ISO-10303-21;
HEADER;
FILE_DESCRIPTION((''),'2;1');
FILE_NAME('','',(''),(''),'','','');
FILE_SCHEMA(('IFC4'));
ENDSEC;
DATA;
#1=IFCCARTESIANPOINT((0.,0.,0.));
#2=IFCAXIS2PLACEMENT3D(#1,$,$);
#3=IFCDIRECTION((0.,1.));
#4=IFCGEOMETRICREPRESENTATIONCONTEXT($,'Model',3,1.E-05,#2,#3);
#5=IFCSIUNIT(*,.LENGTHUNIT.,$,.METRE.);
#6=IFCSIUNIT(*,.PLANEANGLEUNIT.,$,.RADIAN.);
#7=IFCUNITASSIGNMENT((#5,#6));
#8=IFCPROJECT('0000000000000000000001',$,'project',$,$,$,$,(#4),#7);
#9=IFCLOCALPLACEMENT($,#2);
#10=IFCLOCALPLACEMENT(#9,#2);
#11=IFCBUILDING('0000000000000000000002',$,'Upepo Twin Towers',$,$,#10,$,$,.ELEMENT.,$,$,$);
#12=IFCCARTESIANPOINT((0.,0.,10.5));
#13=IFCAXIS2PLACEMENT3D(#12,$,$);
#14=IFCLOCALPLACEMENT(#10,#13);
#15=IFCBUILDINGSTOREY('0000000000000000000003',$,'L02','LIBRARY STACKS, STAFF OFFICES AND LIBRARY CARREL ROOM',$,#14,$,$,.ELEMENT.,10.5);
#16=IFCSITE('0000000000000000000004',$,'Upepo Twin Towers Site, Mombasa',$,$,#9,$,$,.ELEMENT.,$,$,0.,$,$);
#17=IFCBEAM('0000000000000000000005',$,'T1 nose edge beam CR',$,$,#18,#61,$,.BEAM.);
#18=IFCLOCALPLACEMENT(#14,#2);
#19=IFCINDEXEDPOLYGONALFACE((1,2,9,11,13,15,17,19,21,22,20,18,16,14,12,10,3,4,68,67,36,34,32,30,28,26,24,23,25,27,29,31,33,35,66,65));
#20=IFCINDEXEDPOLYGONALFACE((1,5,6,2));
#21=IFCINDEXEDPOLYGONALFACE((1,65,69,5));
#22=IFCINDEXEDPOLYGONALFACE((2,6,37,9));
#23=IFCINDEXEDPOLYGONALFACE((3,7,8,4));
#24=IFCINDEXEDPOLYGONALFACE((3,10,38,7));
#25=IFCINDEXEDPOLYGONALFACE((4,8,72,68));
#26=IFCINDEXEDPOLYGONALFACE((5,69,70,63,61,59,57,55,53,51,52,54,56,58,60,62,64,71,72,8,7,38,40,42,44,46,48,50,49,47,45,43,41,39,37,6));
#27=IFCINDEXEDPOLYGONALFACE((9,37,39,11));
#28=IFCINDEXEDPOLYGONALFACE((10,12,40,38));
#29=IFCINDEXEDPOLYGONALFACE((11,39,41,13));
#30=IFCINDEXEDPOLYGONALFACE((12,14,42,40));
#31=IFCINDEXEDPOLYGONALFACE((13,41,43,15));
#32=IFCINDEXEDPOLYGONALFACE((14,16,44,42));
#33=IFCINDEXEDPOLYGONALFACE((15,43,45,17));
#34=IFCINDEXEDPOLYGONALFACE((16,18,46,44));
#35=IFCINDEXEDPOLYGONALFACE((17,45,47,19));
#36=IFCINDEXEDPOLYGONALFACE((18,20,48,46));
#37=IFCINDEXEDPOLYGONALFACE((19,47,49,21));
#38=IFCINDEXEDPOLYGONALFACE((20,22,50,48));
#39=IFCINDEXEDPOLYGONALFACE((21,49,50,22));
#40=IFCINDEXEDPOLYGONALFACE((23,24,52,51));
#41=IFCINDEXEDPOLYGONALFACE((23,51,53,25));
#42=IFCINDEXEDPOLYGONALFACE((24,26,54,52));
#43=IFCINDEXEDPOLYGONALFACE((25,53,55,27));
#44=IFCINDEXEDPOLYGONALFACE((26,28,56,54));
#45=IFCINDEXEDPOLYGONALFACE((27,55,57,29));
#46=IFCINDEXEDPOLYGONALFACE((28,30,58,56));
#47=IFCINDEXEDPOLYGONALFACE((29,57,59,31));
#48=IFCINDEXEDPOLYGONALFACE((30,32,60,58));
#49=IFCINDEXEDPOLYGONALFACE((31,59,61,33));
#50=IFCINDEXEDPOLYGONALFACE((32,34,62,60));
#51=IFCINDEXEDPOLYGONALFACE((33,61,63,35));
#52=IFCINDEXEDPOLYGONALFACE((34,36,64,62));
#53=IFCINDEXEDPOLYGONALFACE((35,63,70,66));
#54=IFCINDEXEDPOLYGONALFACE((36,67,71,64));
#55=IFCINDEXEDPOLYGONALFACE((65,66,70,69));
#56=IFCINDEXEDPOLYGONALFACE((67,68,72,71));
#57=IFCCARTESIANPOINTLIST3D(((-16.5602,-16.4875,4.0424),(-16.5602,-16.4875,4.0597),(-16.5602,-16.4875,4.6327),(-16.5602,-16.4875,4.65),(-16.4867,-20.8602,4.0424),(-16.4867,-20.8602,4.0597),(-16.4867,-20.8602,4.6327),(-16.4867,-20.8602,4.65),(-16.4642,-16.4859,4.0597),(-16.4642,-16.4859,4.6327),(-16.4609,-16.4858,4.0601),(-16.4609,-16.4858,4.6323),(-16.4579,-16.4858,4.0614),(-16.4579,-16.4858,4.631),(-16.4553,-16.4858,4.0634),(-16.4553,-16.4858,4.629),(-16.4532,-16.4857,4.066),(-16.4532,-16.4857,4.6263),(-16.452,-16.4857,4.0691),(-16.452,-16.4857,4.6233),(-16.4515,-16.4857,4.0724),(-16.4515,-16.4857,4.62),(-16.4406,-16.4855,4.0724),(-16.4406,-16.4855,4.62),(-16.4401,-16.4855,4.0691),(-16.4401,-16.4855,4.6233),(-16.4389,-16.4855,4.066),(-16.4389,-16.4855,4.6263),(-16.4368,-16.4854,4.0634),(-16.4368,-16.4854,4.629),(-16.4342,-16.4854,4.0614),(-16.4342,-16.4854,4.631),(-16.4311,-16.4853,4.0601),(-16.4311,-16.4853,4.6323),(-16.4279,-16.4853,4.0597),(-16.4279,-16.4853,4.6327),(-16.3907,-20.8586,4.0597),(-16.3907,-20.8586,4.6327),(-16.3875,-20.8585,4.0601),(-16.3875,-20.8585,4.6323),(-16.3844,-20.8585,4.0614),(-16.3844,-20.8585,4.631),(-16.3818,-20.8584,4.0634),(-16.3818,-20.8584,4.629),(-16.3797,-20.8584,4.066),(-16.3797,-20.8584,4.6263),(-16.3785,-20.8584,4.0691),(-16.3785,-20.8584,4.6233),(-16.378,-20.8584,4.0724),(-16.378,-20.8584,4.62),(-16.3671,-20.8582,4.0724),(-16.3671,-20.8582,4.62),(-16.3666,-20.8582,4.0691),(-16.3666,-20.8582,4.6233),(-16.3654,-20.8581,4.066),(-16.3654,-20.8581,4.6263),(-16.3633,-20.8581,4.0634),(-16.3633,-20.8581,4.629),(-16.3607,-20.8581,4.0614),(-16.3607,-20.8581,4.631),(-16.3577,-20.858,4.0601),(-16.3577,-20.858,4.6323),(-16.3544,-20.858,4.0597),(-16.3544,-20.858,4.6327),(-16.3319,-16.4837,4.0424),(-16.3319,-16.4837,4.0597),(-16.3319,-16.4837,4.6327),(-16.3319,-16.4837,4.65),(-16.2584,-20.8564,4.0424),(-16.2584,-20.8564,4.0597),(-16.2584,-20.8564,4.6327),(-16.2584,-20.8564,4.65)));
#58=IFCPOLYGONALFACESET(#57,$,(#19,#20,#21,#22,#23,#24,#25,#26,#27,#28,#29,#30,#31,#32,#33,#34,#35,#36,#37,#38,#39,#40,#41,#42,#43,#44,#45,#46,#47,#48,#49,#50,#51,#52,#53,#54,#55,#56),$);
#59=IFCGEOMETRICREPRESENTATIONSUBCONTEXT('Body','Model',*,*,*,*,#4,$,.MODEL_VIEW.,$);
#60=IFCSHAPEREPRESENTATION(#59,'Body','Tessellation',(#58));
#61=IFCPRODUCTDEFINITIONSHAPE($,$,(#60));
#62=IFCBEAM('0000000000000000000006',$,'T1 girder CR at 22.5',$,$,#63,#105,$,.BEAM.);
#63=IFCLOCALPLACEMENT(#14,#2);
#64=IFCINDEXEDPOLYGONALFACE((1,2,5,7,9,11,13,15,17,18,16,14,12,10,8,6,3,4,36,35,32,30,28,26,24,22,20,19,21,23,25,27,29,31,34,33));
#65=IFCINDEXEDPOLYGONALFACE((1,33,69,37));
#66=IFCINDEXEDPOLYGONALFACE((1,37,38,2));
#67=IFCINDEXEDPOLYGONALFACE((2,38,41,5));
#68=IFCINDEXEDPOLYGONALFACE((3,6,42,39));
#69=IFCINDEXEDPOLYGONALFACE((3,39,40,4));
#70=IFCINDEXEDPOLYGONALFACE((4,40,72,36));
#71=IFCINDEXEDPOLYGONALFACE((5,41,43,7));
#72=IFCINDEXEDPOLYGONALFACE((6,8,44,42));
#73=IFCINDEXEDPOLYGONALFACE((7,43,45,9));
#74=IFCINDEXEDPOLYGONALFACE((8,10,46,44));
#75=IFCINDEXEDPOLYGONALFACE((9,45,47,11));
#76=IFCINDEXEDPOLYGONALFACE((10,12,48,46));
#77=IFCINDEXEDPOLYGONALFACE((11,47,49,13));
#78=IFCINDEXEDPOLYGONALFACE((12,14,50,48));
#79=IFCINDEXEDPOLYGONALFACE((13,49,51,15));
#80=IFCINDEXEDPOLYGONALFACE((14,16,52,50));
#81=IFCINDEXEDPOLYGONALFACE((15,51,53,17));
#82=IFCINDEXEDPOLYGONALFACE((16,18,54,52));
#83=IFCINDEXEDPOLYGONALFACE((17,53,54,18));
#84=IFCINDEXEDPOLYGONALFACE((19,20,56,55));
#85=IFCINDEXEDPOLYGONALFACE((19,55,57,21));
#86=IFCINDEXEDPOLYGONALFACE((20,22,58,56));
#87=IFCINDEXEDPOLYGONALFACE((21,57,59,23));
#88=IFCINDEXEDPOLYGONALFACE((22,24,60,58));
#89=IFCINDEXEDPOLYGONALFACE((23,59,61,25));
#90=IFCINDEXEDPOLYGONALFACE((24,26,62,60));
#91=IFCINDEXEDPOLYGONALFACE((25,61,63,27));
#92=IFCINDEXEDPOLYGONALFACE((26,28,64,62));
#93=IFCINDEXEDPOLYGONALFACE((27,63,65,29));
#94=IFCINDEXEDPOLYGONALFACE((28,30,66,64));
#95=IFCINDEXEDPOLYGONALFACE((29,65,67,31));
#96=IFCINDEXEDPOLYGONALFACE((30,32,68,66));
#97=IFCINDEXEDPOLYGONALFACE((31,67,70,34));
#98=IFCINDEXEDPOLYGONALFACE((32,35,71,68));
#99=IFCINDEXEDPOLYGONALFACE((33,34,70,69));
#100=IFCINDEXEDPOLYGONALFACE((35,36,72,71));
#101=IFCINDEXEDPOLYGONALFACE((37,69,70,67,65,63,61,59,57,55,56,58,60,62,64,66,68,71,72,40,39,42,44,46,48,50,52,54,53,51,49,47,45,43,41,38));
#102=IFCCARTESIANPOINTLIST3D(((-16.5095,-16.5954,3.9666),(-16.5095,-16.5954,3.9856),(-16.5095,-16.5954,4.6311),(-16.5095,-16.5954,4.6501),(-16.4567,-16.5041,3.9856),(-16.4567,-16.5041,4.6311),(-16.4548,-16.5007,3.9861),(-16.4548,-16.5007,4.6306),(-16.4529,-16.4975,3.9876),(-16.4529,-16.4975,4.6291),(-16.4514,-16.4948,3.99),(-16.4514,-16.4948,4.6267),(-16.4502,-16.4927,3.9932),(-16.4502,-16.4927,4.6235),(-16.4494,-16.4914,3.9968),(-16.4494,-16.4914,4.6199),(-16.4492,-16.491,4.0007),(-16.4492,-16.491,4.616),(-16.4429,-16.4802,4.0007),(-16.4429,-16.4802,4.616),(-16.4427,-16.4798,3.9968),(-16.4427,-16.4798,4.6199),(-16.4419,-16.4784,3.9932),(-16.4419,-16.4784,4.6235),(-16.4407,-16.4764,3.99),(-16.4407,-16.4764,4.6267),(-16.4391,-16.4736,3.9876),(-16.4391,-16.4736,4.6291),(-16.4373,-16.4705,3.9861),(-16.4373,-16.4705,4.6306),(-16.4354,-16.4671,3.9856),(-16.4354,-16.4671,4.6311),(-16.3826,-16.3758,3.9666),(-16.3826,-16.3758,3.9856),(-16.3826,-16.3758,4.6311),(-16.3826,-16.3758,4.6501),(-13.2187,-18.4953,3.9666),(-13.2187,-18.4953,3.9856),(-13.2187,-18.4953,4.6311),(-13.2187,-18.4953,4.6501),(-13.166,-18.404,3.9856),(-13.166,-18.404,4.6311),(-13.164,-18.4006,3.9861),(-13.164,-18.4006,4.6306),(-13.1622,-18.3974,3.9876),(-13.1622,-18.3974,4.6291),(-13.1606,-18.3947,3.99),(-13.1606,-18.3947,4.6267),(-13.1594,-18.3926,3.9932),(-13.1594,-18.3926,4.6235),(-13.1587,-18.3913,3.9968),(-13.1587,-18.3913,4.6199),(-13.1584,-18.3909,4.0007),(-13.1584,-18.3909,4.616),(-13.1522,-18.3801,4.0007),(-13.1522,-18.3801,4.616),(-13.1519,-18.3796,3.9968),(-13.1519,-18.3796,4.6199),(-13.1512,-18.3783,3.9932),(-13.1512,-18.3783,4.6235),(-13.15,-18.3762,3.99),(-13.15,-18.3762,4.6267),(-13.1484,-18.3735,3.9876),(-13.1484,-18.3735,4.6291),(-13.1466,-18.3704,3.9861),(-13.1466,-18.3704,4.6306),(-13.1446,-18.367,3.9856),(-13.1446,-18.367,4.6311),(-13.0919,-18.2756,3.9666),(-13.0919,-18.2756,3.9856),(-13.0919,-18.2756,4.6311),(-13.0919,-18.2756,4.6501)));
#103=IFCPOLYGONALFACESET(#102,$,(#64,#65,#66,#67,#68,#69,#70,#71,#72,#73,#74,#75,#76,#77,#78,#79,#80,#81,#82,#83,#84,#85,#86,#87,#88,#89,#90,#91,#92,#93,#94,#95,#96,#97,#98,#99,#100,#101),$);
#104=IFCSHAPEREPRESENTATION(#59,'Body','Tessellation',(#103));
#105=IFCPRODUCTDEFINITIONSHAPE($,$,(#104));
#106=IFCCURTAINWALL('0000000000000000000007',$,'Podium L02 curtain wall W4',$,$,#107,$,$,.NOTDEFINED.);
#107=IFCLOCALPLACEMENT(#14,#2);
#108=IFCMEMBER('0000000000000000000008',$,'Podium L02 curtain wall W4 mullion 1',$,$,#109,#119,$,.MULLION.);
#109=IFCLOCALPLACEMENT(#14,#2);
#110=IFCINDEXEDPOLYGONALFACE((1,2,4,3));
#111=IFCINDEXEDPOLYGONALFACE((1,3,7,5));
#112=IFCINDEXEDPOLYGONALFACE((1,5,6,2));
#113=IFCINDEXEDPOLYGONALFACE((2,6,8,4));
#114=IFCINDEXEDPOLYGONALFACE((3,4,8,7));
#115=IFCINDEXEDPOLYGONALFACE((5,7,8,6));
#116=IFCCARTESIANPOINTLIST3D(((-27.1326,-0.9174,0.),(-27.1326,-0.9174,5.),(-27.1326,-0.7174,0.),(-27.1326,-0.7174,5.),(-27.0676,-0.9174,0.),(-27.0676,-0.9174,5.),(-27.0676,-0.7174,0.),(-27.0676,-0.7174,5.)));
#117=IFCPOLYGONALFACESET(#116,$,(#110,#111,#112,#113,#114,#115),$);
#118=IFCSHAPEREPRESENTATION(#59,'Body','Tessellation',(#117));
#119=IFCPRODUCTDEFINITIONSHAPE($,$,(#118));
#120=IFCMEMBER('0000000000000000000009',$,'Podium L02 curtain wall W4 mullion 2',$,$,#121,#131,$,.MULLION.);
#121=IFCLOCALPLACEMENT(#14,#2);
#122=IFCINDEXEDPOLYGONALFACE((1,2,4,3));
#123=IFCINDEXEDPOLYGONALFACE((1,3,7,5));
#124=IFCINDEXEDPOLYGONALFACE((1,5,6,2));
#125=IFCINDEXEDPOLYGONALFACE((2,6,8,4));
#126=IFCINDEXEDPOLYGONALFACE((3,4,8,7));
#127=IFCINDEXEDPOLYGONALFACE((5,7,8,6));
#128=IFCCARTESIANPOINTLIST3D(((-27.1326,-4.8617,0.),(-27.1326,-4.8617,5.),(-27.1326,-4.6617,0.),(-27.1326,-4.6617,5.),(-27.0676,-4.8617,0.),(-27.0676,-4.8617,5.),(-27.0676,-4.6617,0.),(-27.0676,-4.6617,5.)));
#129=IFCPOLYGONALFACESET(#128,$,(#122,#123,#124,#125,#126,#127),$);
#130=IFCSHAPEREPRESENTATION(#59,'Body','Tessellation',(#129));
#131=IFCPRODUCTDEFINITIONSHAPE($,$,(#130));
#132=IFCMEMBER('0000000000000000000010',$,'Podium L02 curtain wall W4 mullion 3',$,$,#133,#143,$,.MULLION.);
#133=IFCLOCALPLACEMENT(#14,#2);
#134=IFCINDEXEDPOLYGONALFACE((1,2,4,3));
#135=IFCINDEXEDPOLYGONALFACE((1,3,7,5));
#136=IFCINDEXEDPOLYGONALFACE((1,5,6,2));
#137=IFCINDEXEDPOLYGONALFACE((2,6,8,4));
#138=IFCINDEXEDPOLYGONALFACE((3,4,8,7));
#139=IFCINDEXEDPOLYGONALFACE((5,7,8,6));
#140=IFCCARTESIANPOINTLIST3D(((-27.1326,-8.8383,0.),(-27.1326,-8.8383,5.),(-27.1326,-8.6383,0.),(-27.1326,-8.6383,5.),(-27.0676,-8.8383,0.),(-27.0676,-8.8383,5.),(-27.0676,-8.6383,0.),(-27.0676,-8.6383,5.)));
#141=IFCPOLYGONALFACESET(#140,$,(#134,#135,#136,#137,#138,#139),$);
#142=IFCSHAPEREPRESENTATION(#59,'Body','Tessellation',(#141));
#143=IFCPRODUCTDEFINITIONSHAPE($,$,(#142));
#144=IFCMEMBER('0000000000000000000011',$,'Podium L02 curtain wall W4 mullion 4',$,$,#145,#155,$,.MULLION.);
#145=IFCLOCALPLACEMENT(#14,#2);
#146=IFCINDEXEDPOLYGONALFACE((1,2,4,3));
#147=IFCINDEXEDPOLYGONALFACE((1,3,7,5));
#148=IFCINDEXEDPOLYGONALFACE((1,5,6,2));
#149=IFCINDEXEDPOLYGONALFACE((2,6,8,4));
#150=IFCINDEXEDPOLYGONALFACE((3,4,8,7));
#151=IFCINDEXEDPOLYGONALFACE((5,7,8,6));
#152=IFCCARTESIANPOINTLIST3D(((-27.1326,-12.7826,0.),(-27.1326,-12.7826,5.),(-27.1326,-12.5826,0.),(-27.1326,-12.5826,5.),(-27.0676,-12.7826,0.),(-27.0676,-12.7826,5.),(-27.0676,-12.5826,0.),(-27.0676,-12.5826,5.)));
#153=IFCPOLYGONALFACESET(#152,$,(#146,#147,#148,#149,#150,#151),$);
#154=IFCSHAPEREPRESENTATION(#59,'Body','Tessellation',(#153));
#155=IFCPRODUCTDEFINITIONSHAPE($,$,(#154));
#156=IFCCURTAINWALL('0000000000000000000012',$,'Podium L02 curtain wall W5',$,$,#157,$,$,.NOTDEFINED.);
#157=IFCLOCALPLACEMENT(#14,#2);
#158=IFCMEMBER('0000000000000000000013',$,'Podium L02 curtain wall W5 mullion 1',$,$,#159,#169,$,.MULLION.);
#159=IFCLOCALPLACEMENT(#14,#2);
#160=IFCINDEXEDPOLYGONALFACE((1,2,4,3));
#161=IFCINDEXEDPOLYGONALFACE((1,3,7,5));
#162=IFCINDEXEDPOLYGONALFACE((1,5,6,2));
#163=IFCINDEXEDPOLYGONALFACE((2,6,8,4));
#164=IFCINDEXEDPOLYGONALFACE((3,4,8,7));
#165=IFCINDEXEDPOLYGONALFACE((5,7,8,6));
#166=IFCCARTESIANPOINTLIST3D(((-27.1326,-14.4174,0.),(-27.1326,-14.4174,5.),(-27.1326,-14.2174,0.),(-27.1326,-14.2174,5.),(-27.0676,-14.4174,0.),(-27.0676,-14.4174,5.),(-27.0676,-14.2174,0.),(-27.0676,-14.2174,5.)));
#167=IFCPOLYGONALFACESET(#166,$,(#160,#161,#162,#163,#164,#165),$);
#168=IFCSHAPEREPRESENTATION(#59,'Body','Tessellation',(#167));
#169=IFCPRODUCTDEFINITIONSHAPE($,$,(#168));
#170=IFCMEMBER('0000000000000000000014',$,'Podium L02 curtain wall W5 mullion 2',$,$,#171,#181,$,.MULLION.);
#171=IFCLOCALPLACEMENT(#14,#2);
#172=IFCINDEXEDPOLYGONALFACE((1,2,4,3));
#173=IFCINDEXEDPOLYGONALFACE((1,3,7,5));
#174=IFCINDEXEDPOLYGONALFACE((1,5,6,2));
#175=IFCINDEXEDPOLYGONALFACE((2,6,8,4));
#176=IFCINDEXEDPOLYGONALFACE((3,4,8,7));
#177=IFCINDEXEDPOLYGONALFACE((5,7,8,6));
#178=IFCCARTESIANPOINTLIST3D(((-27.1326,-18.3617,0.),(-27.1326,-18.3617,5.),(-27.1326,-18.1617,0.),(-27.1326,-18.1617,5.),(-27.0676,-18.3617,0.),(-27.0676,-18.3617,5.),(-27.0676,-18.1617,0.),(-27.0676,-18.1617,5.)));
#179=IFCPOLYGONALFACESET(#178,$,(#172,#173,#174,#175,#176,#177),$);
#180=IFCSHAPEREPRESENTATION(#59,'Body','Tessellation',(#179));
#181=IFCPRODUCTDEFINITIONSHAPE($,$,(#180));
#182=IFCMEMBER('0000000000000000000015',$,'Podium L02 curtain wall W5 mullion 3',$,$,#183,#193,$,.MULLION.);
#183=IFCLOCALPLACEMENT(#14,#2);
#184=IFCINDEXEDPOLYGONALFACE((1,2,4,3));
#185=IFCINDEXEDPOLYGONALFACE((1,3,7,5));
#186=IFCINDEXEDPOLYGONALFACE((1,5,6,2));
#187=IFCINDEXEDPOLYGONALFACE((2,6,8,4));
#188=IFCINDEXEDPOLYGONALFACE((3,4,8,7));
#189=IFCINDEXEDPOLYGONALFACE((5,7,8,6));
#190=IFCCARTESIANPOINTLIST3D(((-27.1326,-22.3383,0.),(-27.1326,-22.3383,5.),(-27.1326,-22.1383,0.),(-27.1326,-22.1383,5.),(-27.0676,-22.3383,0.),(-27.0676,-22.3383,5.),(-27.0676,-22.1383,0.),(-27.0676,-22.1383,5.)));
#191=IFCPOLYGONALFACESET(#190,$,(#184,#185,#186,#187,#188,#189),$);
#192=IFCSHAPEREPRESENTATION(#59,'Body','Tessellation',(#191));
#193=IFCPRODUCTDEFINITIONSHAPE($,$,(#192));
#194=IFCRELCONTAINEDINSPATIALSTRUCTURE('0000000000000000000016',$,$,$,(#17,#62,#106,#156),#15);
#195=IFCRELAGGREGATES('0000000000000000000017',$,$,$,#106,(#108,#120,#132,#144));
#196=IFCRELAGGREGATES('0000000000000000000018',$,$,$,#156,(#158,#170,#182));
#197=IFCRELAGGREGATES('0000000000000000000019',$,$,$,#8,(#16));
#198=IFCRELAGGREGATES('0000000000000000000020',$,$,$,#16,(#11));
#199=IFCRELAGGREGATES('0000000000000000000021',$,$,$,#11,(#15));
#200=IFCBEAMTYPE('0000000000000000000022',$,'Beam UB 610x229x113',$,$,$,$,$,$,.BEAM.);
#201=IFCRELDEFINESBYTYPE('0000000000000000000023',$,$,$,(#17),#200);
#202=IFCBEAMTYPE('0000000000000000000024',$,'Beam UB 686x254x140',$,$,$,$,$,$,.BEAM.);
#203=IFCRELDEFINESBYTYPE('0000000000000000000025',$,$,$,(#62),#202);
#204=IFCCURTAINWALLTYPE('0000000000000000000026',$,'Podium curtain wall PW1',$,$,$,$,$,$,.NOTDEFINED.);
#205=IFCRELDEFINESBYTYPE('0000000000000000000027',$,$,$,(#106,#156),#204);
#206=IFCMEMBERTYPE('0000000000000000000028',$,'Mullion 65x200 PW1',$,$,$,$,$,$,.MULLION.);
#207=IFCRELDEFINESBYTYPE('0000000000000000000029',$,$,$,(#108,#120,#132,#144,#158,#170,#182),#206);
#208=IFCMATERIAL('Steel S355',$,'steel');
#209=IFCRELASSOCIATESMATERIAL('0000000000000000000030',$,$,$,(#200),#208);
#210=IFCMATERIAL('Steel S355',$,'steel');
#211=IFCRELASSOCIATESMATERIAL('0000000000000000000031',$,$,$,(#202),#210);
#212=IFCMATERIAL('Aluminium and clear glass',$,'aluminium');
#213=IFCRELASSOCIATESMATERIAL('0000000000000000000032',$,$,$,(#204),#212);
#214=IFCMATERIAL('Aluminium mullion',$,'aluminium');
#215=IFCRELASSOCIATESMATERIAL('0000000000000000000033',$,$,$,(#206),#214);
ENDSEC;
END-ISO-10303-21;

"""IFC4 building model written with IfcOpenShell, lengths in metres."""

from ifc_helpers import new_model, si_unit, direction, frame, origin, origin_2d, place, context, subcontext, project, spatial, rectangle, i_section, extrude, material, material_profile, profile_set, type_object, element, aggregate, save


model = new_model("IFC4")

# Units and contexts
model_context = context("Model", 3, precision=1e-05, world=origin(), true_north=direction((0.0, 1.0)))
body_context = subcontext(model_context, "Body", "Model", "MODEL_VIEW")
ifc_project = project(units=[si_unit("LENGTHUNIT", "METRE"), si_unit("PLANEANGLEUNIT", "RADIAN")], contexts=[model_context])

# Site, building, storey
site_placement = place(None, origin())
site = spatial("IfcSite", under=ifc_project, at=site_placement, Name="Upepo Twin Towers Site, Mombasa", CompositionType="ELEMENT", RefElevation=0.0)
building_placement = place(site_placement, origin())
building = spatial("IfcBuilding", under=site, at=building_placement, Name="Upepo Twin Towers", CompositionType="ELEMENT")
storey_placement = place(building_placement, frame((0.0, 0.0, 10.5)))
storey = spatial("IfcBuildingStorey", under=building, at=storey_placement, Name="L02", Description="LIBRARY STACKS, STAFF OFFICES AND LIBRARY CARREL ROOM", CompositionType="ELEMENT", Elevation=10.5)

# Beams
ifc_material_1 = material(Name="Steel S355", Category="steel")
ifc_material_profile_1 = material_profile(ifc_material_1, i_section(OverallWidth=0.2283, OverallDepth=0.6077, WebThickness=0.011, FlangeThickness=0.0173, FilletRadius=0.0127, at=origin_2d()), Name="UB 610x229x113")
ifc_profile_set_1 = profile_set([ifc_material_profile_1], Name="Steel S355")
beam_type_1 = type_object("IfcBeamType", Name="Beam UB 610x229x113", PredefinedType="BEAM", material=ifc_profile_set_1)
beam_1_placement = place(storey_placement, frame((-16.446, -16.4856, 4.3462), z_axis=(0.016804, -0.999859, 0.0), x_axis=(0.999859, 0.016804, 0.0)))
element("IfcBeam", 1, at=beam_1_placement, inside=storey, type_object=beam_type_1, Name="T1 nose edge beam CR", PredefinedType="BEAM", context=body_context, shape_type="SweptSolid", body=[
    extrude(i_section(OverallWidth=0.2283, OverallDepth=0.6077, WebThickness=0.011, FlangeThickness=0.0173, FilletRadius=0.0127, at=origin_2d()), origin(), (0.0, 0.0, 1.0), 4.3733),
])
ifc_material_2 = material(Name="Steel S355", Category="steel")
ifc_material_profile_2 = material_profile(ifc_material_2, i_section(OverallWidth=0.2537, OverallDepth=0.6836, WebThickness=0.0125, FlangeThickness=0.019, FilletRadius=0.0151, at=origin_2d()), Name="UB 686x254x140")
ifc_profile_set_2 = profile_set([ifc_material_profile_2], Name="Steel S355")
beam_type_2 = type_object("IfcBeamType", Name="Beam UB 686x254x140", PredefinedType="BEAM", material=ifc_profile_set_2)
beam_2_placement = place(storey_placement, frame((-16.446, -16.4856, 4.3083), z_axis=(0.866028, -0.499995, 0.0), x_axis=(0.499995, 0.866028, 0.0)))
element("IfcBeam", 2, at=beam_2_placement, inside=storey, type_object=beam_type_2, Name="T1 girder CR at 22.5", PredefinedType="BEAM", context=body_context, shape_type="SweptSolid", body=[
    extrude(i_section(OverallWidth=0.2537, OverallDepth=0.6836, WebThickness=0.0125, FlangeThickness=0.019, FilletRadius=0.0151, at=origin_2d()), origin(), (0.0, 0.0, 1.0), 3.7998),
])

# Curtain walls, members
ifc_material_3 = material(Name="Aluminium and clear glass", Category="aluminium")
curtain_wall_type = type_object("IfcCurtainWallType", Name="Podium curtain wall PW1", PredefinedType="NOTDEFINED", material=ifc_material_3)
curtain_wall_1_placement = place(storey_placement, origin())
curtain_wall_1 = element("IfcCurtainWall", 3, at=curtain_wall_1_placement, inside=storey, type_object=curtain_wall_type, Name="Podium L02 curtain wall W4", PredefinedType="NOTDEFINED")
ifc_material_4 = material(Name="Aluminium mullion", Category="aluminium")
ifc_material_profile_3 = material_profile(ifc_material_4, rectangle(XDim=0.0649, YDim=0.2, at=origin_2d()), Name="MULLION 65x200 PODIUM")
ifc_profile_set_3 = profile_set([ifc_material_profile_3], Name="Aluminium mullion")
member_type_1 = type_object("IfcMemberType", Name="Mullion 65x200 PW1", PredefinedType="MULLION", material=ifc_profile_set_3)
member_1_placement = place(storey_placement, frame((-27.1001, -0.8174, 0.0), z_axis=(0.0, 0.0, 1.0), x_axis=(1.0, 0.0, 0.0)))
member_1 = element("IfcMember", 4, at=member_1_placement, type_object=member_type_1, Name="Podium L02 curtain wall W4 mullion 1", PredefinedType="MULLION", context=body_context, shape_type="SweptSolid", body=[
    extrude(rectangle(XDim=0.0649, YDim=0.2, at=origin_2d()), origin(), (0.0, 0.0, 1.0), 5.0),
])
member_2_placement = place(storey_placement, frame((-27.1001, -4.7617, 0.0), z_axis=(0.0, 0.0, 1.0), x_axis=(1.0, 0.0, 0.0)))
member_2 = element("IfcMember", 5, at=member_2_placement, type_object=member_type_1, Name="Podium L02 curtain wall W4 mullion 2", PredefinedType="MULLION", context=body_context, shape_type="SweptSolid", body=[
    extrude(rectangle(XDim=0.0649, YDim=0.2, at=origin_2d()), origin(), (0.0, 0.0, 1.0), 5.0),
])
member_3_placement = place(storey_placement, frame((-27.1001, -8.7383, 0.0), z_axis=(0.0, 0.0, 1.0), x_axis=(1.0, 0.0, 0.0)))
member_3 = element("IfcMember", 6, at=member_3_placement, type_object=member_type_1, Name="Podium L02 curtain wall W4 mullion 3", PredefinedType="MULLION", context=body_context, shape_type="SweptSolid", body=[
    extrude(rectangle(XDim=0.0649, YDim=0.2, at=origin_2d()), origin(), (0.0, 0.0, 1.0), 5.0),
])
member_4_placement = place(storey_placement, frame((-27.1001, -12.6826, 0.0), z_axis=(0.0, 0.0, 1.0), x_axis=(1.0, 0.0, 0.0)))
member_4 = element("IfcMember", 7, at=member_4_placement, type_object=member_type_1, Name="Podium L02 curtain wall W4 mullion 4", PredefinedType="MULLION", context=body_context, shape_type="SweptSolid", body=[
    extrude(rectangle(XDim=0.0649, YDim=0.2, at=origin_2d()), origin(), (0.0, 0.0, 1.0), 5.0),
])
curtain_wall_2_placement = place(storey_placement, origin())
curtain_wall_2 = element("IfcCurtainWall", 8, at=curtain_wall_2_placement, inside=storey, type_object=curtain_wall_type, Name="Podium L02 curtain wall W5", PredefinedType="NOTDEFINED")
member_5_placement = place(storey_placement, frame((-27.1001, -14.3174, 0.0), z_axis=(0.0, 0.0, 1.0), x_axis=(1.0, 0.0, 0.0)))
member_5 = element("IfcMember", 9, at=member_5_placement, type_object=member_type_1, Name="Podium L02 curtain wall W5 mullion 1", PredefinedType="MULLION", context=body_context, shape_type="SweptSolid", body=[
    extrude(rectangle(XDim=0.0649, YDim=0.2, at=origin_2d()), origin(), (0.0, 0.0, 1.0), 5.0),
])
member_6_placement = place(storey_placement, frame((-27.1001, -18.2617, 0.0), z_axis=(0.0, 0.0, 1.0), x_axis=(1.0, 0.0, 0.0)))
member_6 = element("IfcMember", 10, at=member_6_placement, type_object=member_type_1, Name="Podium L02 curtain wall W5 mullion 2", PredefinedType="MULLION", context=body_context, shape_type="SweptSolid", body=[
    extrude(rectangle(XDim=0.0649, YDim=0.2, at=origin_2d()), origin(), (0.0, 0.0, 1.0), 5.0),
])
member_7_placement = place(storey_placement, frame((-27.1001, -22.2383, 0.0), z_axis=(0.0, 0.0, 1.0), x_axis=(1.0, 0.0, 0.0)))
member_7 = element("IfcMember", 11, at=member_7_placement, type_object=member_type_1, Name="Podium L02 curtain wall W5 mullion 3", PredefinedType="MULLION", context=body_context, shape_type="SweptSolid", body=[
    extrude(rectangle(XDim=0.0649, YDim=0.2, at=origin_2d()), origin(), (0.0, 0.0, 1.0), 5.0),
])

aggregate(curtain_wall_1, [member_1, member_2, member_3, member_4])
aggregate(curtain_wall_2, [member_5, member_6, member_7])

save(model, "model.ifc")
